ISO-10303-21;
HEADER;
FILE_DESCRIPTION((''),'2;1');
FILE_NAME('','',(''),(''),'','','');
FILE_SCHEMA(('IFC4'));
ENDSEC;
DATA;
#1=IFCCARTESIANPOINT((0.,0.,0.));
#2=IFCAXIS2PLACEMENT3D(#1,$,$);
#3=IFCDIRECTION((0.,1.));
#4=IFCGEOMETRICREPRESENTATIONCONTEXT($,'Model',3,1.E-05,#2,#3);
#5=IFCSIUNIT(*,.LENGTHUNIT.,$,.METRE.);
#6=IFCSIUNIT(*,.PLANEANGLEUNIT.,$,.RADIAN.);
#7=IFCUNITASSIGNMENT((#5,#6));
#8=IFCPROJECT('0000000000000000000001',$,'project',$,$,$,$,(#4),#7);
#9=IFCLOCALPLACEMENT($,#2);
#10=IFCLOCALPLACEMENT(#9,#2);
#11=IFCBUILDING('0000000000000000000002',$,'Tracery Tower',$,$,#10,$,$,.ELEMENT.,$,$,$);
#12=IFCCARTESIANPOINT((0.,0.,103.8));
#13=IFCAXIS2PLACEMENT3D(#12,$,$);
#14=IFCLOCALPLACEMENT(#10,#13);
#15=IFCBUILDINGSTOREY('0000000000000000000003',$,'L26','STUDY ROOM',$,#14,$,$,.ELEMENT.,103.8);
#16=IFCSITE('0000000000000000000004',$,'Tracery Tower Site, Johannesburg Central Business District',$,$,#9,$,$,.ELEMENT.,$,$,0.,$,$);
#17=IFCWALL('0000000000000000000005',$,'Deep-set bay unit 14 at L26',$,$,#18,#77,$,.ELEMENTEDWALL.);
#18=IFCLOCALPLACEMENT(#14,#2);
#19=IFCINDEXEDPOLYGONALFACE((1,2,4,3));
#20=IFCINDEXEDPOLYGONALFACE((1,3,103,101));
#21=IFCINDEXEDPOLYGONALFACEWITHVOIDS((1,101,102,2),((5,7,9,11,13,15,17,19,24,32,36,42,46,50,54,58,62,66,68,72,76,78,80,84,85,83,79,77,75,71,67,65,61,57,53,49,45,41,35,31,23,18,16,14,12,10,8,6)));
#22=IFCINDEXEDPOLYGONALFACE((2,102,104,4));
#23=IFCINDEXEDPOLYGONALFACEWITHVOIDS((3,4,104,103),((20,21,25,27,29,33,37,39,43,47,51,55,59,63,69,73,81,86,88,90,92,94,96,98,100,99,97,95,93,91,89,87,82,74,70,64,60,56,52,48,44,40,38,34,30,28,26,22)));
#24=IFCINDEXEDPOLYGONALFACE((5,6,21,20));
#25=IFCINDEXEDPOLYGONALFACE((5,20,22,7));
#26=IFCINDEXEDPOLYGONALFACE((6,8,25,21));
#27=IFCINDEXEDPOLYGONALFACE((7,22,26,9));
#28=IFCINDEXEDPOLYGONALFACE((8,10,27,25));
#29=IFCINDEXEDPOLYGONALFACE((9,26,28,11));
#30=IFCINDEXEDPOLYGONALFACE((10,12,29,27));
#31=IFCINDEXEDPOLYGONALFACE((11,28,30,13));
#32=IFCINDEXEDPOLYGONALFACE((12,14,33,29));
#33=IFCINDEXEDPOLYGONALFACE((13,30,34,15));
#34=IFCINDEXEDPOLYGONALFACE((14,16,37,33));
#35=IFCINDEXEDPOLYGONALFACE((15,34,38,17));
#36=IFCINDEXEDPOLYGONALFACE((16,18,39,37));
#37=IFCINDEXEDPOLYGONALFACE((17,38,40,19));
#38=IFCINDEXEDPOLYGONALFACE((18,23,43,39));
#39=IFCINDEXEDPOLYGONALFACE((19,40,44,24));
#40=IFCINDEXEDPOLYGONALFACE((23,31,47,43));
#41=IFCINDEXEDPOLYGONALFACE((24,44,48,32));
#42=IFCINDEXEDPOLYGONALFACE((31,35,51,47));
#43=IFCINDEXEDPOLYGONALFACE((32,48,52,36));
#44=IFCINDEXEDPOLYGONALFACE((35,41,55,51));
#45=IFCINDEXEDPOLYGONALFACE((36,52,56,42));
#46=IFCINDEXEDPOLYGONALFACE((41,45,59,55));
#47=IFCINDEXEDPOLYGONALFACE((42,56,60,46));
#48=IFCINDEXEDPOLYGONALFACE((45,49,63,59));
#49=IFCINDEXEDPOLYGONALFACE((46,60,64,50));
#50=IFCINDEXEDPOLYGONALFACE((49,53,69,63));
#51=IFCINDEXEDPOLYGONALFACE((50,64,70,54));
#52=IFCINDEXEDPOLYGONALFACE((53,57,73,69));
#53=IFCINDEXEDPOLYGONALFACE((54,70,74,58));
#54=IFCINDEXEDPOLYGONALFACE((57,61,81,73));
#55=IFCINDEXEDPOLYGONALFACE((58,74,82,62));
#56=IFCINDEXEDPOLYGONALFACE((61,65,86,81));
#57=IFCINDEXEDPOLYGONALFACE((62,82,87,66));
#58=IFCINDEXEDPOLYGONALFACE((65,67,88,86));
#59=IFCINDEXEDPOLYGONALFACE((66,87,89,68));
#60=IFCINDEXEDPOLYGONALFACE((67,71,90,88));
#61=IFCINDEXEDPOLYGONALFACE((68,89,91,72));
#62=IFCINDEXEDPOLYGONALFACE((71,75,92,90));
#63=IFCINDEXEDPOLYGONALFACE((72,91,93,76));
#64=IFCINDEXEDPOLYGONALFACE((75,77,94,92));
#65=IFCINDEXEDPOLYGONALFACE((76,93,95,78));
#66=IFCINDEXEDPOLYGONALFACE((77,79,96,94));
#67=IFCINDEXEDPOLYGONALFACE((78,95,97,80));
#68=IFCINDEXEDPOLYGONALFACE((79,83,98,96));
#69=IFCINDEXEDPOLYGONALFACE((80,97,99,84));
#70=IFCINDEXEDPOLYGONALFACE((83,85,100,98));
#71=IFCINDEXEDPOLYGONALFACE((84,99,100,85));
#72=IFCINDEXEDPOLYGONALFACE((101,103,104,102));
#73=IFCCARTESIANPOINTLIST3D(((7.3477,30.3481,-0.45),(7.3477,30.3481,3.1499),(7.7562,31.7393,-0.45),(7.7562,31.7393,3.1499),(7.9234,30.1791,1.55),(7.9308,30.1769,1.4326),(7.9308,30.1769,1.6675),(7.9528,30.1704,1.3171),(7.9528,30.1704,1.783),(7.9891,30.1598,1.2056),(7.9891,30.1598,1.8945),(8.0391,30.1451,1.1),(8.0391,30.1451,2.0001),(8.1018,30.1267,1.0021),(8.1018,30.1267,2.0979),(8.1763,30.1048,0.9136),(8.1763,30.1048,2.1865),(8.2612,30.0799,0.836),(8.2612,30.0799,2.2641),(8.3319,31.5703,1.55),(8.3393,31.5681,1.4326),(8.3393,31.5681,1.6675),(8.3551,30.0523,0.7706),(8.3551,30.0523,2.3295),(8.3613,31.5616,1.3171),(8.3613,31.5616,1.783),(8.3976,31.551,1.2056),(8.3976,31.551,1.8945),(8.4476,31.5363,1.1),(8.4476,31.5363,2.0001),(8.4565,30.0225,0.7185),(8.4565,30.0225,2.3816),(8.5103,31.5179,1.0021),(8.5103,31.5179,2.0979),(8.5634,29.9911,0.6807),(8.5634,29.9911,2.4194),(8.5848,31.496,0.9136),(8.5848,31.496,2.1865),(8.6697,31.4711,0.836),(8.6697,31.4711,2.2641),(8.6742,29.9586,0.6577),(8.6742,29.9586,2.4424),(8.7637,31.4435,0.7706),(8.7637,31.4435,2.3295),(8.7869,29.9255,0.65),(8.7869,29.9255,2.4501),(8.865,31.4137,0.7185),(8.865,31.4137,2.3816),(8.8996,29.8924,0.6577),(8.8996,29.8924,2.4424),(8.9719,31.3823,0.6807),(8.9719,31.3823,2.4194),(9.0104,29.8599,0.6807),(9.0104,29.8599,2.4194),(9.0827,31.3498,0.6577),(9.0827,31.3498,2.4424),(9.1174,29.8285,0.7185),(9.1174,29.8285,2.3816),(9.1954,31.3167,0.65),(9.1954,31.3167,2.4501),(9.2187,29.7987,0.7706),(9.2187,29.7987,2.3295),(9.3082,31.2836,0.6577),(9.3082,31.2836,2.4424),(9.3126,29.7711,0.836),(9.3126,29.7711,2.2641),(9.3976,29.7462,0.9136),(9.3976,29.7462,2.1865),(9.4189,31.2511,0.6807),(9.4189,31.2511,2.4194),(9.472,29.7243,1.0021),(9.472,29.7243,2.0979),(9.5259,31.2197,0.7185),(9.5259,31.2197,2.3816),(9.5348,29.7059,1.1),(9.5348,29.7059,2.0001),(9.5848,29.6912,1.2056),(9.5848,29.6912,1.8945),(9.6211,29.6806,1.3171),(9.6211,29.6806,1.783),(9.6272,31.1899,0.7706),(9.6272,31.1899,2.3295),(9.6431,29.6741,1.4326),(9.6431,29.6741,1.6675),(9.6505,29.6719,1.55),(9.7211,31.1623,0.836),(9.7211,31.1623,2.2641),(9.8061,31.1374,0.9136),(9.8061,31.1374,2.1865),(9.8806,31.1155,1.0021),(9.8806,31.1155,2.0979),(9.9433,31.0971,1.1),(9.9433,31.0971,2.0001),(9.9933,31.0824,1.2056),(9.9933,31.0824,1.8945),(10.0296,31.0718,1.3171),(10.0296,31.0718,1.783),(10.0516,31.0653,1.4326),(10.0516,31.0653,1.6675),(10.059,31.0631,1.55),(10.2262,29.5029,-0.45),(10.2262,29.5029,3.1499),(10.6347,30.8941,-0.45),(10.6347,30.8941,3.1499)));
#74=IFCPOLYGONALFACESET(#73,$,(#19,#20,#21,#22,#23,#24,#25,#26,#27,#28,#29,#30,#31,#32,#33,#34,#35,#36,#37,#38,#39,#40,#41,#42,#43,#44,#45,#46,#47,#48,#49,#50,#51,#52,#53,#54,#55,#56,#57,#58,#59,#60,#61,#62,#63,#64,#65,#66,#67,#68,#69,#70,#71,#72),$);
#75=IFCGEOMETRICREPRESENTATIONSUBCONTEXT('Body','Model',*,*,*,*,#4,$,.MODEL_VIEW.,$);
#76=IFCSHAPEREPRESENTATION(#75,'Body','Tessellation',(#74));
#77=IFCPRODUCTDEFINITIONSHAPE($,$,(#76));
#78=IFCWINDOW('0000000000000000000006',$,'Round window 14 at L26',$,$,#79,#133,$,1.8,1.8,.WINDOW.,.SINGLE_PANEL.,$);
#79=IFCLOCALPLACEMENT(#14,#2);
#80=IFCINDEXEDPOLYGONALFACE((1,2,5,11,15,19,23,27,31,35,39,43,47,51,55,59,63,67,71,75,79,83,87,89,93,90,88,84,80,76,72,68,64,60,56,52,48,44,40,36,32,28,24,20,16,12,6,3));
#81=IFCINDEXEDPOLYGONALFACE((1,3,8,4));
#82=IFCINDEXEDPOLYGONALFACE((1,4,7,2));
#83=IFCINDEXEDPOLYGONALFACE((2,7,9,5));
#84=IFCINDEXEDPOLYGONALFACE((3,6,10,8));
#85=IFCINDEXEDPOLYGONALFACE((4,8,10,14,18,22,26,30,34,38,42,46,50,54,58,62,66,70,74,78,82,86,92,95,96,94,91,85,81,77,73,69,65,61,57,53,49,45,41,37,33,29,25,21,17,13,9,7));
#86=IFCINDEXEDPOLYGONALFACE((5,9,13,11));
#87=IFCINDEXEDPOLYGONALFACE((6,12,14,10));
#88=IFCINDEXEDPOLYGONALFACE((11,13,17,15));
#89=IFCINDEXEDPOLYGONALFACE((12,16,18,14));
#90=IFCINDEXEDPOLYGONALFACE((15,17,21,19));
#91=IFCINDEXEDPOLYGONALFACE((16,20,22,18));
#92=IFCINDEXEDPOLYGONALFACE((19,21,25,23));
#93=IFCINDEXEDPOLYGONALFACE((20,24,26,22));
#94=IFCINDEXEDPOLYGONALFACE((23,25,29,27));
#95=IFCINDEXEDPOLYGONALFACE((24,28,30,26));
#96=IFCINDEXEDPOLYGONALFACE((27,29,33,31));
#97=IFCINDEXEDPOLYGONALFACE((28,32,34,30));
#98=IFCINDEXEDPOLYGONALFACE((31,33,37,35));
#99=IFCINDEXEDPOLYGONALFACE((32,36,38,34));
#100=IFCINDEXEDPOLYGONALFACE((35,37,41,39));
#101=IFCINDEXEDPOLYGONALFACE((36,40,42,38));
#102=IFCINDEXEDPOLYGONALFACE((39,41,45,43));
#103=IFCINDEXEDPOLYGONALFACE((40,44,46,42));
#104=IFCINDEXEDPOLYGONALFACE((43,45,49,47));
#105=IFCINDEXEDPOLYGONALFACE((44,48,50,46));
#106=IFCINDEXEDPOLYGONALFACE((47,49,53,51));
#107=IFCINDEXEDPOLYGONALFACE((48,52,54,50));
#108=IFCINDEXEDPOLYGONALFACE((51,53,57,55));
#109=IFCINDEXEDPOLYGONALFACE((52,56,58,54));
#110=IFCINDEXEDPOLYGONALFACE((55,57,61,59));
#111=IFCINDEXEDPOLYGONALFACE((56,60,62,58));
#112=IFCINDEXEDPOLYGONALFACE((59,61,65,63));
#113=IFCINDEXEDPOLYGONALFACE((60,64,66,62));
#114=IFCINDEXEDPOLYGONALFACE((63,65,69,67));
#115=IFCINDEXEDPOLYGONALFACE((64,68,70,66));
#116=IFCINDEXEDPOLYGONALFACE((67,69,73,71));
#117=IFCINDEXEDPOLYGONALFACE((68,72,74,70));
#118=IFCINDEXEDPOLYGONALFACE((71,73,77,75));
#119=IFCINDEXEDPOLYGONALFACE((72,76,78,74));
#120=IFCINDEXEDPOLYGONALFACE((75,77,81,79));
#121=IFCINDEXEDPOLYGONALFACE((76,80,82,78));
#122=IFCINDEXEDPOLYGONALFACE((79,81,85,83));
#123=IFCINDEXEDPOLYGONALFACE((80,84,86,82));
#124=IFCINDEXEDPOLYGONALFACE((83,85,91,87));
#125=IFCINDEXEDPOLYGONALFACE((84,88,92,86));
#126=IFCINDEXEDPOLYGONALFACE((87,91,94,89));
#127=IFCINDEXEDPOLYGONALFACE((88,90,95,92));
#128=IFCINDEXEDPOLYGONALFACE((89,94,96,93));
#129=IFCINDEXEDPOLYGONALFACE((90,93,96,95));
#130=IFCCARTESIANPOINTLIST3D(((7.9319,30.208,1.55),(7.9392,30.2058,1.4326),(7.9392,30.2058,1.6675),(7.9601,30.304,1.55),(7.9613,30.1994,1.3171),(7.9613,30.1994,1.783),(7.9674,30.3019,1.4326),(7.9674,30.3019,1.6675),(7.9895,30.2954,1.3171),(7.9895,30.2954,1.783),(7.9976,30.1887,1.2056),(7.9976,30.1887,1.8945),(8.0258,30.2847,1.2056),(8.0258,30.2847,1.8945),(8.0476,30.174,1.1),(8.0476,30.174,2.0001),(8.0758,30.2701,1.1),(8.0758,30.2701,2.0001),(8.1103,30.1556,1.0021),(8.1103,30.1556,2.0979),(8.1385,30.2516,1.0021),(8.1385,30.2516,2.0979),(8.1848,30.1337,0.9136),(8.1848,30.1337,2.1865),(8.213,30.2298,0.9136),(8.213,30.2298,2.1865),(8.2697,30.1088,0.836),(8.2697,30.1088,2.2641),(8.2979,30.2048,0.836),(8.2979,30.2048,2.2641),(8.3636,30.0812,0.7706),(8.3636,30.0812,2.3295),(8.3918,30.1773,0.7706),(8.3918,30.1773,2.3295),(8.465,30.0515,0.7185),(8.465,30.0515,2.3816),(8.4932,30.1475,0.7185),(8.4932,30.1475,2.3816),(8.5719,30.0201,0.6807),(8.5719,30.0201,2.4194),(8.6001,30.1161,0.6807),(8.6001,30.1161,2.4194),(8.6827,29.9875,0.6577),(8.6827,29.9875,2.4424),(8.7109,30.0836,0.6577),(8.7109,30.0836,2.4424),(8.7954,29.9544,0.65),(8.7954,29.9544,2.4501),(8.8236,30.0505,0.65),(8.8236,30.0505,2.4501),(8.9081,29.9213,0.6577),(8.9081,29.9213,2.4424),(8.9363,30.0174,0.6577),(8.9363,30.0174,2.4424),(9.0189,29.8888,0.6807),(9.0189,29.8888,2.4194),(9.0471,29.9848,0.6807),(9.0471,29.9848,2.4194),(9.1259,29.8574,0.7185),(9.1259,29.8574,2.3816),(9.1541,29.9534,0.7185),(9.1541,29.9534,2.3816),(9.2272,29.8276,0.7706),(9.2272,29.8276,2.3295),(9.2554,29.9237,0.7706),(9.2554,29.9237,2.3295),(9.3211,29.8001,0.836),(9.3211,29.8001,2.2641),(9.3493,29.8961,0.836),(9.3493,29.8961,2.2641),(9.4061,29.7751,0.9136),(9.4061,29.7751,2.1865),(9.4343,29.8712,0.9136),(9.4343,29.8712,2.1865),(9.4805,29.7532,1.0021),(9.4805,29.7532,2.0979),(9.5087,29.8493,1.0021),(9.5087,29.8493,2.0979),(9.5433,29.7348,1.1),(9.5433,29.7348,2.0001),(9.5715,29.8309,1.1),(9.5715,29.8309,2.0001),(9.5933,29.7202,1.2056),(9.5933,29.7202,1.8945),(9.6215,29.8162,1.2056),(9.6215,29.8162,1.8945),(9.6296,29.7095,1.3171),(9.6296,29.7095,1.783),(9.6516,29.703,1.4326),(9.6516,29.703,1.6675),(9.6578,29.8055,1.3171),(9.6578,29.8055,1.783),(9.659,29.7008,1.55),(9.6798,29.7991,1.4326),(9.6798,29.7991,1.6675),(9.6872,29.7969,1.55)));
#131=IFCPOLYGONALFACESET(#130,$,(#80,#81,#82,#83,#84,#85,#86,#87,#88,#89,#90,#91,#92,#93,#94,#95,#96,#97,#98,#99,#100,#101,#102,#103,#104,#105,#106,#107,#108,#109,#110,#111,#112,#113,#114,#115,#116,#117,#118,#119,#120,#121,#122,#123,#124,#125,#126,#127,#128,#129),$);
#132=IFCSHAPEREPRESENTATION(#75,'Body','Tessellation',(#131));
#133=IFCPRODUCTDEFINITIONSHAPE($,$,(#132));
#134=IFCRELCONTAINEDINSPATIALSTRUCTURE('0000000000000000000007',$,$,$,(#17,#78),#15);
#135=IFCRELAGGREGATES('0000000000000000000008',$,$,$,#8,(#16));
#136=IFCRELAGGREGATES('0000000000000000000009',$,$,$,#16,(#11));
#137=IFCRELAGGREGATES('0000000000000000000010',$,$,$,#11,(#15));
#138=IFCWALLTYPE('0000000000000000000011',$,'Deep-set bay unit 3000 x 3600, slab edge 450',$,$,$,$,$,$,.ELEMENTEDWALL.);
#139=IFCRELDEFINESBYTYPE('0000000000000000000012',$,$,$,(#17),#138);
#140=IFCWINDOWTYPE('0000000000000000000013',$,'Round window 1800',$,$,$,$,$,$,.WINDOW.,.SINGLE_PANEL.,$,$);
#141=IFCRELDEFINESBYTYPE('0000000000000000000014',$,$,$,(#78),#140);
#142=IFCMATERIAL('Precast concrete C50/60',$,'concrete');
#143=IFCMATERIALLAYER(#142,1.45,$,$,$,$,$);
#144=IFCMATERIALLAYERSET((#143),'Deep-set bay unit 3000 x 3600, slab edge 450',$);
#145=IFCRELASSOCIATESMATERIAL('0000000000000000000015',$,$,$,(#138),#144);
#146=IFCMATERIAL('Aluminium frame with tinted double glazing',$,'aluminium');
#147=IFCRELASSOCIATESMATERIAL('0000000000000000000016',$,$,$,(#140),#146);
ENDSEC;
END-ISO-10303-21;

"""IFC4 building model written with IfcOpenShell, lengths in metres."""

from ifc_helpers import new_model, si_unit, direction, frame, frame_2d, origin, origin_2d, place, context, subcontext, project, spatial, rectangle, circle, extrude, material, layer, layer_set, type_object, element, fill, save


model = new_model("IFC4")

# Units and contexts
model_context = context("Model", 3, precision=1e-05, world=origin(), true_north=direction((0.0, 1.0)))
body_context = subcontext(model_context, "Body", "Model", "MODEL_VIEW")
ifc_project = project(units=[si_unit("LENGTHUNIT", "METRE"), si_unit("PLANEANGLEUNIT", "RADIAN")], contexts=[model_context])

# Site, building, storey
site_placement = place(None, origin())
site = spatial("IfcSite", under=ifc_project, at=site_placement, Name="Tracery Tower Site, Johannesburg Central Business District", CompositionType="ELEMENT", RefElevation=0.0)
building_placement = place(site_placement, origin())
building = spatial("IfcBuilding", under=site, at=building_placement, Name="Tracery Tower", CompositionType="ELEMENT")
storey_placement = place(building_placement, frame((0.0, 0.0, 103.8)))
storey = spatial("IfcBuildingStorey", under=building, at=storey_placement, Name="L26", Description="STUDY ROOM", CompositionType="ELEMENT", Elevation=103.8)

# Wall, opening, window
ifc_material_1 = material(Name="Precast concrete C50/60", Category="concrete")
ifc_layer_1 = layer(ifc_material_1, 1.45)
ifc_layer_set_1 = layer_set([ifc_layer_1], Name="Deep-set bay unit 3000 x 3600, slab edge 450")
wall_type_1 = type_object("IfcWallType", Name="Deep-set bay unit 3000 x 3600, slab edge 450", PredefinedType="ELEMENTEDWALL", material=ifc_layer_set_1)
wall_1_placement = place(storey_placement, frame((10.4304, 30.1985, -0.45), z_axis=(0.0, 0.0, 1.0), x_axis=(-0.95949, 0.281743, 0.0)))
wall_1 = element("IfcWall", 1, at=wall_1_placement, inside=storey, type_object=wall_type_1, Name="Deep-set bay unit 14 at L26", PredefinedType="ELEMENTEDWALL", context=body_context, shape_type="SweptSolid", body=[
    extrude(rectangle(XDim=3.0, YDim=1.45, at=frame_2d((1.5, 0.0))), origin(), (0.0, 0.0, 1.0), 3.5999),
])
opening_1_placement = place(wall_1_placement, frame((1.5, 0.0, 2.0)))
opening_1 = element("IfcOpeningElement", 2, at=opening_1_placement, cuts=wall_1, PredefinedType="OPENING", context=body_context, shape_type="SweptSolid", body=[
    extrude(circle(Radius=0.9, at=origin_2d()), frame((0.0, 0.7349, 0.0), z_axis=(0.0, -1.0, 0.0), x_axis=(1.0, 0.0, 0.0)), (0.0, 0.0, 1.0), 1.47),
])
ifc_material_2 = material(Name="Aluminium frame with tinted double glazing", Category="aluminium")
window_type = type_object("IfcWindowType", Name="Round window 1800", PartitioningType="SINGLE_PANEL", PredefinedType="WINDOW", material=ifc_material_2)
window_1_placement = place(opening_1_placement, origin())
window_1 = element("IfcWindow", 3, at=window_1_placement, inside=storey, type_object=window_type, Name="Round window 14 at L26", OverallHeight=1.8, OverallWidth=1.8, PartitioningType="SINGLE_PANEL", PredefinedType="WINDOW", context=body_context, shape_type="SweptSolid", body=[
    extrude(circle(Radius=0.9, at=origin_2d()), frame((0.0, 0.6948, 0.0), z_axis=(0.0, -1.0, 0.0), x_axis=(1.0, 0.0, 0.0)), (0.0, 0.0, 1.0), 0.1001),
])
fill(opening_1, window_1)

save(model, "model.ifc")
